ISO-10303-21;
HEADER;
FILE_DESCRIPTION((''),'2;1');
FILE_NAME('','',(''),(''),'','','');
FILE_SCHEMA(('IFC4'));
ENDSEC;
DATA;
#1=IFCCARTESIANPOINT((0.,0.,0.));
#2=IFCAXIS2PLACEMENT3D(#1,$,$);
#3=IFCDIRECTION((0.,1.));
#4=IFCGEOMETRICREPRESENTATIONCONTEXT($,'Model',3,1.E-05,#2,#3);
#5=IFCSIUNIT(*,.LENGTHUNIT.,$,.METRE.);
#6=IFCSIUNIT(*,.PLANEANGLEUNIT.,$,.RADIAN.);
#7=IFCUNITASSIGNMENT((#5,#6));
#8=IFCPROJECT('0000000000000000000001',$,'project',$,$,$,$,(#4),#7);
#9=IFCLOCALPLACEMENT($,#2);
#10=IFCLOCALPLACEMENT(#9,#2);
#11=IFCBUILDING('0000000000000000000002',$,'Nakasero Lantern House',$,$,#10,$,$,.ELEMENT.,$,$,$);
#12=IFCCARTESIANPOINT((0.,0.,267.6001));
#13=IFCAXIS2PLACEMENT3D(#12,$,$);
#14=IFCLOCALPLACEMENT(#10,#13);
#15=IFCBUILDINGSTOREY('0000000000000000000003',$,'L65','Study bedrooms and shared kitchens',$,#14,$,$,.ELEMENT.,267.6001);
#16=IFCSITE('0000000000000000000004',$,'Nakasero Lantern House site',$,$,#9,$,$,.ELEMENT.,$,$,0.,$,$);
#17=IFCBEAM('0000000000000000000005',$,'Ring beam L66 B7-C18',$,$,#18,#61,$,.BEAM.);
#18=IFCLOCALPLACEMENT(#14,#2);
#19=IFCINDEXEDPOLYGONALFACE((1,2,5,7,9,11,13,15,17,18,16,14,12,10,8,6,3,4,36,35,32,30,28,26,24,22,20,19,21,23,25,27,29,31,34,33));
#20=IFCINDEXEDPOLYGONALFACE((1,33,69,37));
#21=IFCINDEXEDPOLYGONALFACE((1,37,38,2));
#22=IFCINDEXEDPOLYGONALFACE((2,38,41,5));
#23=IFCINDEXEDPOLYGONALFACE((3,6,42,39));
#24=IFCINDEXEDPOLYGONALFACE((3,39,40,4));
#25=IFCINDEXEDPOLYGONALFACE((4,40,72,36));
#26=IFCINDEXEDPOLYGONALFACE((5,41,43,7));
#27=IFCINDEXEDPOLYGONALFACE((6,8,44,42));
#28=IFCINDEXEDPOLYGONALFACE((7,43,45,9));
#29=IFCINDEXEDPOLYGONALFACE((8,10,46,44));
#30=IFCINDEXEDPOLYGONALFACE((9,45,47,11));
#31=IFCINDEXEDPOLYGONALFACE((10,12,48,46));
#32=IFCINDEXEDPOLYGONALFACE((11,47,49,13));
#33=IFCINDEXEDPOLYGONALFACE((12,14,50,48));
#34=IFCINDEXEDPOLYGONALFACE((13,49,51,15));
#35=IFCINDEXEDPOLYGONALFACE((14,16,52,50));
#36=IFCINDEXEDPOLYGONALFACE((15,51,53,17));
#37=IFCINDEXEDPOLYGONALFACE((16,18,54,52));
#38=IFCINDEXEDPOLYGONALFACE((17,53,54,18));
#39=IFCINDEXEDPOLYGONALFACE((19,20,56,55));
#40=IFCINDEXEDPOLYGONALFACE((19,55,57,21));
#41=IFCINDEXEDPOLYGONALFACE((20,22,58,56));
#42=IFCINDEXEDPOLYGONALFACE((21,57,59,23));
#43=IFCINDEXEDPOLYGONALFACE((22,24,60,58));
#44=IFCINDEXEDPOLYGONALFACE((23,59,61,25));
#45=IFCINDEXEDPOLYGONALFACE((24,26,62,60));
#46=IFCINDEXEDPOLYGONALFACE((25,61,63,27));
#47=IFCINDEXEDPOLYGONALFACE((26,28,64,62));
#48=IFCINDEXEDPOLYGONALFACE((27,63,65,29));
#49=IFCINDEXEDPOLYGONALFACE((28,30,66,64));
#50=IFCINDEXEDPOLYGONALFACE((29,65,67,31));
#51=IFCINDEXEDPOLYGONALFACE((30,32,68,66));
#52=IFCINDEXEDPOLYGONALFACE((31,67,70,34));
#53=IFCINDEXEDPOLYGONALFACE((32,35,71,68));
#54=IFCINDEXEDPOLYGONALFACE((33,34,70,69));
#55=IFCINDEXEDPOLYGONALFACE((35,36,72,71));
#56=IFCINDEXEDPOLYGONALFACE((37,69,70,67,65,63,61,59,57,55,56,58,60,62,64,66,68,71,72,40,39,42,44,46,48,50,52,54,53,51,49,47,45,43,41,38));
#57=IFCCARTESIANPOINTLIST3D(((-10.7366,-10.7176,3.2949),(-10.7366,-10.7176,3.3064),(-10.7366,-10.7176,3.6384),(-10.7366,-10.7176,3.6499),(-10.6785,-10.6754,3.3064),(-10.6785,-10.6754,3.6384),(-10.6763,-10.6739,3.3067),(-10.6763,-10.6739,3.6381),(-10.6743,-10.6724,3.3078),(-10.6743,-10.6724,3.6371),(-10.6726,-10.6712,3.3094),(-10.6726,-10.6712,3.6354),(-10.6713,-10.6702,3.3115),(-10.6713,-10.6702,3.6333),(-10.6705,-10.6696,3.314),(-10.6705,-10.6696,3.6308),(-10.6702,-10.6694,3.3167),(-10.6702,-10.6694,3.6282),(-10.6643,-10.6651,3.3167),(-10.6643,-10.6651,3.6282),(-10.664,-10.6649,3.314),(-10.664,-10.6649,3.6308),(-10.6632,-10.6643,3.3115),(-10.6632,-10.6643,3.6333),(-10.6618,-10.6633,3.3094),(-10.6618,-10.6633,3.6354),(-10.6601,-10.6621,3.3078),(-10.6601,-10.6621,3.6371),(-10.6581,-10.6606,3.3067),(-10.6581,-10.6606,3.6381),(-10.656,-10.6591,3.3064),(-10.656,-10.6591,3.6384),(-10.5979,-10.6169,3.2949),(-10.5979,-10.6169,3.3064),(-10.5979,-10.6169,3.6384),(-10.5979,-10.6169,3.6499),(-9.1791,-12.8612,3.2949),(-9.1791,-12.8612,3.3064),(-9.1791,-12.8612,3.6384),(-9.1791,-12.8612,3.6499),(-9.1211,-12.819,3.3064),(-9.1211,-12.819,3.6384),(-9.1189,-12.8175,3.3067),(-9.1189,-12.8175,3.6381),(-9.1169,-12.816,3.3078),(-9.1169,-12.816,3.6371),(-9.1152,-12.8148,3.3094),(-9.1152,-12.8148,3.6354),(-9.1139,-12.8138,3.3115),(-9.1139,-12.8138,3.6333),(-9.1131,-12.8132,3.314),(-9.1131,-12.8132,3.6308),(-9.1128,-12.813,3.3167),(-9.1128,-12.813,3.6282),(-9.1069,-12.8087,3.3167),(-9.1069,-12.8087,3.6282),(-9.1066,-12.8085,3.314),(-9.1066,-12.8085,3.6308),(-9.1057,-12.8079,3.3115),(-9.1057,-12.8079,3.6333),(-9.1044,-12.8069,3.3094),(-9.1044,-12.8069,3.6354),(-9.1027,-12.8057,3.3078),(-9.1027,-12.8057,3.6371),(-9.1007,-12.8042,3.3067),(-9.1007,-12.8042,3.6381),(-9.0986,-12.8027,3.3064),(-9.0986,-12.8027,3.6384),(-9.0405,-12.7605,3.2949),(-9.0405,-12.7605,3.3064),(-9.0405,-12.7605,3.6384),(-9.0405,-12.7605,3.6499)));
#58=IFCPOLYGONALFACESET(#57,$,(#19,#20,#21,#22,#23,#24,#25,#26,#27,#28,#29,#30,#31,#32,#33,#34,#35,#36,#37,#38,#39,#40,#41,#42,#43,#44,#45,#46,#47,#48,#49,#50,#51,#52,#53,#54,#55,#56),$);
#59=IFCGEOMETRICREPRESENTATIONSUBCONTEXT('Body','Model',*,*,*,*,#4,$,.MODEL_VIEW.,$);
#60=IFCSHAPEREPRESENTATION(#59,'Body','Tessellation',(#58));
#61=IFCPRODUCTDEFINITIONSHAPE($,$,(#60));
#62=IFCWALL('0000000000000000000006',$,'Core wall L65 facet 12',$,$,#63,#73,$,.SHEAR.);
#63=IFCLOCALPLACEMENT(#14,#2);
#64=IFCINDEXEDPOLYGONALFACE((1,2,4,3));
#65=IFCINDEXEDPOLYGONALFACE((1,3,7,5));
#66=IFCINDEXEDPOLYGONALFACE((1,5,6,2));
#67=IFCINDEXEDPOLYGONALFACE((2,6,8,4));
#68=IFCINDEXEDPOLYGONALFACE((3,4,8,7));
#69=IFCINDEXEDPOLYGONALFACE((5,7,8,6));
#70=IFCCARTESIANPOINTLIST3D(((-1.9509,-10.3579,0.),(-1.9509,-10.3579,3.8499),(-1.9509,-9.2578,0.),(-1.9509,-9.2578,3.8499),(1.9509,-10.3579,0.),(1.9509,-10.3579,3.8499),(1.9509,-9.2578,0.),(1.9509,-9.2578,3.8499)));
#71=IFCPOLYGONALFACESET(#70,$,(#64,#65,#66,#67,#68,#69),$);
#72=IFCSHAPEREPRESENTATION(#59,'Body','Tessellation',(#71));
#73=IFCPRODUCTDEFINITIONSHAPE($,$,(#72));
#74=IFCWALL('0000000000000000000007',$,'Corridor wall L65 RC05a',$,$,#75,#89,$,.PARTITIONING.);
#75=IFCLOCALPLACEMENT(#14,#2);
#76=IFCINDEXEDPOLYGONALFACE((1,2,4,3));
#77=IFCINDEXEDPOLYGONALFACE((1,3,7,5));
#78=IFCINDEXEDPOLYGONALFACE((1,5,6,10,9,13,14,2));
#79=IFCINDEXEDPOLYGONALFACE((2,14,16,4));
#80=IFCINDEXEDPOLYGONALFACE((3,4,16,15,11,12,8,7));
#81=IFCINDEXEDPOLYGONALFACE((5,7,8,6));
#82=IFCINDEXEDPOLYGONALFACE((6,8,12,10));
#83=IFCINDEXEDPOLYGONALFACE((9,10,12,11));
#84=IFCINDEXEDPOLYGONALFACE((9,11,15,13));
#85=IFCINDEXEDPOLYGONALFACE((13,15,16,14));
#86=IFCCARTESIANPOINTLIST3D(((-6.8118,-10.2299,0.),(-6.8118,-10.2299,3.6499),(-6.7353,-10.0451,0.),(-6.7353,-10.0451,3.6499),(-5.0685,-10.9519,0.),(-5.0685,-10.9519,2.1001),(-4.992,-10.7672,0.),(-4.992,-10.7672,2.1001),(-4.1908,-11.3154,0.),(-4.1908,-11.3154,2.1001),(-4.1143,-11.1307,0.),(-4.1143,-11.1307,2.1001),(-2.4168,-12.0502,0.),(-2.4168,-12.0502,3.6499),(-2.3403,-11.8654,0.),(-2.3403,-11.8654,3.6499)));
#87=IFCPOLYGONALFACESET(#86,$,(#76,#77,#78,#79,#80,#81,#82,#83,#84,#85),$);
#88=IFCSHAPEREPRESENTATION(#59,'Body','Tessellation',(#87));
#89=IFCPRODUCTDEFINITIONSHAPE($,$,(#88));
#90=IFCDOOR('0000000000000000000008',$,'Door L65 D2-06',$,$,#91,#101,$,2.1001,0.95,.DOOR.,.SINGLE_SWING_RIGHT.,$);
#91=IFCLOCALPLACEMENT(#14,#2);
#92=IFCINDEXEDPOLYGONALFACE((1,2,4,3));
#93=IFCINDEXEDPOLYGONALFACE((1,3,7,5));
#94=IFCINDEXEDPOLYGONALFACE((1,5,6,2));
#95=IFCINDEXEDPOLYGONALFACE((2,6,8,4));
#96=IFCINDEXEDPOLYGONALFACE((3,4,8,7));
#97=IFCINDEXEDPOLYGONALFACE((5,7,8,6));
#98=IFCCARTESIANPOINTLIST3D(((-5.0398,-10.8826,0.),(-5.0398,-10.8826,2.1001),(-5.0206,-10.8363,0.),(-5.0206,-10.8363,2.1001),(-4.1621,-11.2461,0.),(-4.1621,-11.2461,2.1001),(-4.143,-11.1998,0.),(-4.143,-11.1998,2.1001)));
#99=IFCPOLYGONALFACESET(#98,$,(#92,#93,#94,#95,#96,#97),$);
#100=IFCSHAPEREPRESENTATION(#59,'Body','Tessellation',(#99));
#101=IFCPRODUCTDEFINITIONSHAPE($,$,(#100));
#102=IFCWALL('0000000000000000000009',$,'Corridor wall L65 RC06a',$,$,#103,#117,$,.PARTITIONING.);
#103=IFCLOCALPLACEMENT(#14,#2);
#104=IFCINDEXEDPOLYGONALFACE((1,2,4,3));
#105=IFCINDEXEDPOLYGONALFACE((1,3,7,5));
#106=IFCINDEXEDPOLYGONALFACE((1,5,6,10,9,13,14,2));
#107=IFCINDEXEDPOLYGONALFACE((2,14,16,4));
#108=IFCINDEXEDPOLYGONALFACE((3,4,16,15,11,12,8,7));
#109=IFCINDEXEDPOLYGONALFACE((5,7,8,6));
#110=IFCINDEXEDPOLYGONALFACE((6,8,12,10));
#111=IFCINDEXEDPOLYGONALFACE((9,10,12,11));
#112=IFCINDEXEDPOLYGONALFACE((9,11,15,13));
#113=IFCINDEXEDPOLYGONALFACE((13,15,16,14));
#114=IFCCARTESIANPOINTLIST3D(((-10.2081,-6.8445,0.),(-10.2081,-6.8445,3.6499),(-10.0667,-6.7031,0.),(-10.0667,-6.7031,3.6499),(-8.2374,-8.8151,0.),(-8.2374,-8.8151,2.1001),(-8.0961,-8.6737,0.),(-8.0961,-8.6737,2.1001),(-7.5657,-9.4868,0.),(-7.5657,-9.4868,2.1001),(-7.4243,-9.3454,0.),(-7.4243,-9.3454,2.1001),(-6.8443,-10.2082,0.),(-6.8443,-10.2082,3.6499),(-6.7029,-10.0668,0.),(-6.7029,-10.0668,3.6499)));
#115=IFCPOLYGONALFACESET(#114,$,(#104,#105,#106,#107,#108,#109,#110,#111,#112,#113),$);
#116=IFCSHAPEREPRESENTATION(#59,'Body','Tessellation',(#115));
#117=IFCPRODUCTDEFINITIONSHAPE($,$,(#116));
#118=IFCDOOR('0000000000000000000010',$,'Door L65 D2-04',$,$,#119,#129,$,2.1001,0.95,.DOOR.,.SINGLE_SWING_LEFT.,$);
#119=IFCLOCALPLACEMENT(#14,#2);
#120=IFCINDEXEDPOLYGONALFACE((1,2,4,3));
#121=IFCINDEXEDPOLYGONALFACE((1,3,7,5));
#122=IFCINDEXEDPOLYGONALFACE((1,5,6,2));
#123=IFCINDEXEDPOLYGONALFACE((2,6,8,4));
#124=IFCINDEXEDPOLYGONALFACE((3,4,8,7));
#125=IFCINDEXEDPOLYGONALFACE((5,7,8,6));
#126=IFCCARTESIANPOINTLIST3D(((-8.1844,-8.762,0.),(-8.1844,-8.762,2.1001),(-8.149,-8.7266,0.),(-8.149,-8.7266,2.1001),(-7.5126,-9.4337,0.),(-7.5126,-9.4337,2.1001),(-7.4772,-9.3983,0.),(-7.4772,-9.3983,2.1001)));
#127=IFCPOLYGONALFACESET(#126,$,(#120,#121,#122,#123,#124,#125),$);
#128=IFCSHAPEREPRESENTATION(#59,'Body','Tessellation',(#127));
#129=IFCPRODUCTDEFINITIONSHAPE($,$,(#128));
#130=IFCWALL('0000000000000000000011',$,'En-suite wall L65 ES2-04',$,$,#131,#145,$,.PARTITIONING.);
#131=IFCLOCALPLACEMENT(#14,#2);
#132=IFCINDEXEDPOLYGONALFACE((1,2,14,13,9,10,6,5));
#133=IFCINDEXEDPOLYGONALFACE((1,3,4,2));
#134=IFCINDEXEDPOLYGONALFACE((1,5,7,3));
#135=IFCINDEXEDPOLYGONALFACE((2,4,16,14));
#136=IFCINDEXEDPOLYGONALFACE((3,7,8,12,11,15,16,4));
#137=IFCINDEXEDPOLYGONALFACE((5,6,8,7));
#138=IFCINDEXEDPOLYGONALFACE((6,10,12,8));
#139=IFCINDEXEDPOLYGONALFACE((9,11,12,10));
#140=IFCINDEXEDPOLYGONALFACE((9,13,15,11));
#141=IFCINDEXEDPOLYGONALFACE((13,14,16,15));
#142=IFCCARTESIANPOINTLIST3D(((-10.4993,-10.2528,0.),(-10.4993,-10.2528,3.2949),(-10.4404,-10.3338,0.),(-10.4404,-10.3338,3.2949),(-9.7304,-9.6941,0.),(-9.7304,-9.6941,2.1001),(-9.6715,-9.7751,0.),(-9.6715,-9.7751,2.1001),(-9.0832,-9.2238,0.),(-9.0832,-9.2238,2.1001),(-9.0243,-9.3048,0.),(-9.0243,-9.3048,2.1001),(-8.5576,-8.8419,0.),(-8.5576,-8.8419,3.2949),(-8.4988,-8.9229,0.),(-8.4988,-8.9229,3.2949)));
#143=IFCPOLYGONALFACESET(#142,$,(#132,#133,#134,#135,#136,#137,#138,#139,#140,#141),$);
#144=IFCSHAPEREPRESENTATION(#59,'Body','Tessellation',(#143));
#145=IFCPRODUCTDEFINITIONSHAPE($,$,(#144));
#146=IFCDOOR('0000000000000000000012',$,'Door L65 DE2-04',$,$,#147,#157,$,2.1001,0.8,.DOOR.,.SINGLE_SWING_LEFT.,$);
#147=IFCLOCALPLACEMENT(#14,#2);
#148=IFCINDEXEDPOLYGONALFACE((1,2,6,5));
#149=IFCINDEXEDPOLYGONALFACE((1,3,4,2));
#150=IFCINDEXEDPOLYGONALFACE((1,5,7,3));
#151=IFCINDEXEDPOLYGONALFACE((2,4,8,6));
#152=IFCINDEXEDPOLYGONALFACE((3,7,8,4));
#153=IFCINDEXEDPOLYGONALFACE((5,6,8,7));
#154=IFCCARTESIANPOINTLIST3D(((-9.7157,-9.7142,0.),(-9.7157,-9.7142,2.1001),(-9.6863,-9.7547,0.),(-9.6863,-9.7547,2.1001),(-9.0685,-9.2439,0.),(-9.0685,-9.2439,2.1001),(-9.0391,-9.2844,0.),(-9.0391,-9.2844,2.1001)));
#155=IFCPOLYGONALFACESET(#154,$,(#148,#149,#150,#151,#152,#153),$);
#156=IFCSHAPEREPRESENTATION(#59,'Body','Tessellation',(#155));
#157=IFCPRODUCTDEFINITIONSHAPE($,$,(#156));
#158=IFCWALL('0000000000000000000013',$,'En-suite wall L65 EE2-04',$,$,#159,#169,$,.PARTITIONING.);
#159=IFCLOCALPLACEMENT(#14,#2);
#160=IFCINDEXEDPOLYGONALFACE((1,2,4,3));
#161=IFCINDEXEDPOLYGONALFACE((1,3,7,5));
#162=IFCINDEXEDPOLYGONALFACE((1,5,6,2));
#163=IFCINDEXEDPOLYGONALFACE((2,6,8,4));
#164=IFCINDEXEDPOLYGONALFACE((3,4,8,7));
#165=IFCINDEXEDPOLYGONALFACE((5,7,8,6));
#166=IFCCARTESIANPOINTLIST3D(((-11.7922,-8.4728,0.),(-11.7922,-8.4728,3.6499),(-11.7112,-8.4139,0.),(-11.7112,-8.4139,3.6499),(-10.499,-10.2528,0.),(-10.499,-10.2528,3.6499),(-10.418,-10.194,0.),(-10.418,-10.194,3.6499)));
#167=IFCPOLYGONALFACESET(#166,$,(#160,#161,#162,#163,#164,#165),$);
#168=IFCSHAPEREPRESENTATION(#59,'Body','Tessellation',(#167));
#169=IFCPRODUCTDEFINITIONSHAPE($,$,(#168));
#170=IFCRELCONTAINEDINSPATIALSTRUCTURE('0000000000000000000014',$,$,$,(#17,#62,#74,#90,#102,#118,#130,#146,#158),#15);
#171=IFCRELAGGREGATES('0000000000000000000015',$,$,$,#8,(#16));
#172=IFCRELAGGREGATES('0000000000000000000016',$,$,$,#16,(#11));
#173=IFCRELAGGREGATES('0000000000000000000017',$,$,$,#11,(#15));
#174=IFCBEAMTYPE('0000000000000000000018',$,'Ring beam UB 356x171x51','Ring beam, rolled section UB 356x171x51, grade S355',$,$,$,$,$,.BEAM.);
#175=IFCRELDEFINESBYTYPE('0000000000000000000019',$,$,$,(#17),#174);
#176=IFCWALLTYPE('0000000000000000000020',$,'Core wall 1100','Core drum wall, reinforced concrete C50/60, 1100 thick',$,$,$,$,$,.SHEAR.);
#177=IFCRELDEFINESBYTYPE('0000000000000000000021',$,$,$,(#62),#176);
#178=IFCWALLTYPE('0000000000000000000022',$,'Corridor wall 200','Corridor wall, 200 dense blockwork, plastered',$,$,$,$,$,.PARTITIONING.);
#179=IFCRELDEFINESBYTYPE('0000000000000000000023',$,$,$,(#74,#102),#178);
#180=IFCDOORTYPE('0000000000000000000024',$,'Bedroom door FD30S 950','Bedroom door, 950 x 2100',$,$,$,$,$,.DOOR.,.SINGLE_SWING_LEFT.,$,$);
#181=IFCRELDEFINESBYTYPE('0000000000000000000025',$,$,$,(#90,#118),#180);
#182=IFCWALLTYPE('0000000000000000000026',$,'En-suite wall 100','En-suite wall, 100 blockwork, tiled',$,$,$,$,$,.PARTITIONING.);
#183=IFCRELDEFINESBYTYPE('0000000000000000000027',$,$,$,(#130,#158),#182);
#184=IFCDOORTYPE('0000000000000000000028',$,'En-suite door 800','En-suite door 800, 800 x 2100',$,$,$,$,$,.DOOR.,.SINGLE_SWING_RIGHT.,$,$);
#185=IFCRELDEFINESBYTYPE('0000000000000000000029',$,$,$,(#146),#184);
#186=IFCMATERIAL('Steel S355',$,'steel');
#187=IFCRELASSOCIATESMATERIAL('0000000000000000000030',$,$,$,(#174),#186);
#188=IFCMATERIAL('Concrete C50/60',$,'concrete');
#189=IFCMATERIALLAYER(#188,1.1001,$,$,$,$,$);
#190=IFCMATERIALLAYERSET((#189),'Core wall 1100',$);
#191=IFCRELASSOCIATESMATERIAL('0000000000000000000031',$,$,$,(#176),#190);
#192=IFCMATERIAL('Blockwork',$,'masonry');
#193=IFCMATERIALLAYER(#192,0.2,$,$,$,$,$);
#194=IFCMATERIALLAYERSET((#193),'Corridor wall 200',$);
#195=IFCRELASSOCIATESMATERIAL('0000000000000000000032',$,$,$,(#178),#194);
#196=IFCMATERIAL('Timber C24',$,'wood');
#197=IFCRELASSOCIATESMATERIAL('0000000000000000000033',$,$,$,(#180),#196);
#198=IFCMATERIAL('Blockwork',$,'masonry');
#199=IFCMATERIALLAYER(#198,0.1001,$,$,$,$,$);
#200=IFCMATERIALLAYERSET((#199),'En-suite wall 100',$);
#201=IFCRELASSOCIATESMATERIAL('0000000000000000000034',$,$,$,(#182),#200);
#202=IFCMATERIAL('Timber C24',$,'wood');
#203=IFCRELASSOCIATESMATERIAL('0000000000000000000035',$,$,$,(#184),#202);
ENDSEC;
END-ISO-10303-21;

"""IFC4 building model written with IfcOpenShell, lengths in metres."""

from ifc_helpers import new_model, si_unit, direction, frame, frame_2d, origin, origin_2d, place, context, subcontext, project, spatial, rectangle, i_section, extrude, material, layer, layer_set, material_profile, profile_set, type_object, element, fill, save


model = new_model("IFC4")

# Units and contexts
model_context = context("Model", 3, precision=1e-05, world=origin(), true_north=direction((0.0, 1.0)))
body_context = subcontext(model_context, "Body", "Model", "MODEL_VIEW")
ifc_project = project(units=[si_unit("LENGTHUNIT", "METRE"), si_unit("PLANEANGLEUNIT", "RADIAN")], contexts=[model_context])

# Site, building, storey
site_placement = place(None, origin())
site = spatial("IfcSite", under=ifc_project, at=site_placement, Name="Nakasero Lantern House site", CompositionType="ELEMENT", RefElevation=0.0)
building_placement = place(site_placement, origin())
building = spatial("IfcBuilding", under=site, at=building_placement, Name="Nakasero Lantern House", CompositionType="ELEMENT")
storey_placement = place(building_placement, frame((0.0, 0.0, 267.6001)))
storey = spatial("IfcBuildingStorey", under=building, at=storey_placement, Name="L65", Description="Study bedrooms and shared kitchens", CompositionType="ELEMENT", Elevation=267.6001)

# Beam
ifc_material_1 = material(Name="Steel S355", Category="steel")
ifc_material_profile_1 = material_profile(ifc_material_1, i_section(OverallWidth=0.1714, OverallDepth=0.355, WebThickness=0.0073, FlangeThickness=0.0115, FilletRadius=0.0103, at=origin_2d()), Name="UB 356x171x51")
ifc_profile_set_1 = profile_set([ifc_material_profile_1], Name="Steel S355")
beam_type_1 = type_object("IfcBeamType", Name="Ring beam UB 356x171x51", Description="Ring beam, rolled section UB 356x171x51, grade S355", PredefinedType="BEAM", material=ifc_profile_set_1)
beam_1_placement = place(storey_placement, frame((-10.6672, -10.6672, 3.4724), z_axis=(0.587783, -0.809019, 0.0), x_axis=(0.809019, 0.587783, 0.0)))
element("IfcBeam", 1, at=beam_1_placement, inside=storey, type_object=beam_type_1, Name="Ring beam L66 B7-C18", PredefinedType="BEAM", context=body_context, shape_type="SweptSolid", body=[
    extrude(i_section(OverallWidth=0.1714, OverallDepth=0.355, WebThickness=0.0073, FlangeThickness=0.0115, FilletRadius=0.0103, at=origin_2d()), origin(), (0.0, 0.0, 1.0), 2.6497),
])

# Wall
ifc_material_2 = material(Name="Concrete C50/60", Category="concrete")
ifc_layer_1 = layer(ifc_material_2, 1.1001)
ifc_layer_set_1 = layer_set([ifc_layer_1], Name="Core wall 1100")
wall_type_1 = type_object("IfcWallType", Name="Core wall 1100", Description="Core drum wall, reinforced concrete C50/60, 1100 thick", PredefinedType="SHEAR", material=ifc_layer_set_1)
wall_1_placement = place(storey_placement, frame((-1.9509, -9.8079, 0.0), z_axis=(0.0, 0.0, 1.0), x_axis=(1.0, 0.0, 0.0)))
element("IfcWall", 2, at=wall_1_placement, inside=storey, type_object=wall_type_1, Name="Core wall L65 facet 12", PredefinedType="SHEAR", context=body_context, shape_type="SweptSolid", body=[
    extrude(rectangle(XDim=3.9019, YDim=1.1001, at=frame_2d((1.9509, 0.0))), origin(), (0.0, 0.0, 1.0), 3.8499),
])

# Walls, openings, doors
ifc_material_3 = material(Name="Blockwork", Category="masonry")
ifc_layer_2 = layer(ifc_material_3, 0.2)
ifc_layer_set_2 = layer_set([ifc_layer_2], Name="Corridor wall 200")
wall_type_2 = type_object("IfcWallType", Name="Corridor wall 200", Description="Corridor wall, 200 dense blockwork, plastered", PredefinedType="PARTITIONING", material=ifc_layer_set_2)
wall_2_placement = place(storey_placement, frame((-2.3787, -11.9578, 0.0), z_axis=(0.0, 0.0, 1.0), x_axis=(-0.923892, 0.382654, 0.0)))
wall_2 = element("IfcWall", 3, at=wall_2_placement, inside=storey, type_object=wall_type_2, Name="Corridor wall L65 RC05a", PredefinedType="PARTITIONING", context=body_context, shape_type="SweptSolid", body=[
    extrude(rectangle(XDim=4.7571, YDim=0.2, at=frame_2d((2.3784, 0.0))), origin(), (0.0, 0.0, 1.0), 3.6499),
])
opening_1_placement = place(wall_2_placement, frame((1.9199, 0.0, 0.0)))
opening_1 = element("IfcOpeningElement", 4, at=opening_1_placement, cuts=wall_2, PredefinedType="OPENING", context=body_context, shape_type="SweptSolid", body=[
    extrude(rectangle(XDim=0.95, YDim=2.1001, at=frame_2d((0.4751, 1.05))), frame((0.0, 0.1199, 0.0), z_axis=(0.0, -1.0, 0.0), x_axis=(1.0, 0.0, 0.0)), (0.0, 0.0, 1.0), 0.24),
])
ifc_material_4 = material(Name="Timber C24", Category="wood")
door_type_1 = type_object("IfcDoorType", Name="Bedroom door FD30S 950", Description="Bedroom door, 950 x 2100", OperationType="SINGLE_SWING_LEFT", PredefinedType="DOOR", material=ifc_material_4)
door_1_placement = place(opening_1_placement, origin())
door_1 = element("IfcDoor", 5, at=door_1_placement, inside=storey, type_object=door_type_1, Name="Door L65 D2-06", OperationType="SINGLE_SWING_RIGHT", OverallHeight=2.1001, OverallWidth=0.95, PredefinedType="DOOR", context=body_context, shape_type="SweptSolid", body=[
    extrude(rectangle(XDim=0.95, YDim=2.1001, at=frame_2d((0.4751, 1.05))), frame((0.0, 0.0249, 0.0), z_axis=(0.0, -1.0, 0.0), x_axis=(1.0, 0.0, 0.0)), (0.0, 0.0, 1.0), 0.05),
])
fill(opening_1, door_1)
wall_3_placement = place(storey_placement, frame((-6.7737, -10.1375, 0.0), z_axis=(0.0, 0.0, 1.0), x_axis=(-0.707107, 0.707107, 0.0)))
wall_3 = element("IfcWall", 6, at=wall_3_placement, inside=storey, type_object=wall_type_2, Name="Corridor wall L65 RC06a", PredefinedType="PARTITIONING", context=body_context, shape_type="SweptSolid", body=[
    extrude(rectangle(XDim=4.7571, YDim=0.2, at=frame_2d((2.3784, 0.0))), origin(), (0.0, 0.0, 1.0), 3.6499),
])
opening_2_placement = place(wall_3_placement, frame((1.02, 0.0, 0.0)))
opening_2 = element("IfcOpeningElement", 7, at=opening_2_placement, cuts=wall_3, PredefinedType="OPENING", context=body_context, shape_type="SweptSolid", body=[
    extrude(rectangle(XDim=0.95, YDim=2.1001, at=frame_2d((0.4751, 1.05))), frame((0.0, 0.1199, 0.0), z_axis=(0.0, -1.0, 0.0), x_axis=(1.0, 0.0, 0.0)), (0.0, 0.0, 1.0), 0.24),
])
door_2_placement = place(opening_2_placement, origin())
door_2 = element("IfcDoor", 8, at=door_2_placement, inside=storey, type_object=door_type_1, Name="Door L65 D2-04", OperationType="SINGLE_SWING_LEFT", OverallHeight=2.1001, OverallWidth=0.95, PredefinedType="DOOR", context=body_context, shape_type="SweptSolid", body=[
    extrude(rectangle(XDim=0.95, YDim=2.1001, at=frame_2d((0.4751, 1.05))), frame((0.0, 0.0249, 0.0), z_axis=(0.0, -1.0, 0.0), x_axis=(1.0, 0.0, 0.0)), (0.0, 0.0, 1.0), 0.05),
])
fill(opening_2, door_2)
ifc_material_5 = material(Name="Blockwork", Category="masonry")
ifc_layer_3 = layer(ifc_material_5, 0.1001)
ifc_layer_set_3 = layer_set([ifc_layer_3], Name="En-suite wall 100")
wall_type_3 = type_object("IfcWallType", Name="En-suite wall 100", Description="En-suite wall, 100 blockwork, tiled", PredefinedType="PARTITIONING", material=ifc_layer_set_3)
wall_4_placement = place(storey_placement, frame((-8.5281, -8.8823, 0.0), z_axis=(0.0, 0.0, 1.0), x_axis=(-0.808978, -0.587839, 0.0)))
wall_4 = element("IfcWall", 9, at=wall_4_placement, inside=storey, type_object=wall_type_3, Name="En-suite wall L65 ES2-04", PredefinedType="PARTITIONING", context=body_context, shape_type="SweptSolid", body=[
    extrude(rectangle(XDim=2.4001, YDim=0.1001, at=frame_2d((1.2002, 0.0))), origin(), (0.0, 0.0, 1.0), 3.2949),
])
opening_3_placement = place(wall_4_placement, frame((0.6499, 0.0, 0.0)))
opening_3 = element("IfcOpeningElement", 10, at=opening_3_placement, cuts=wall_4, PredefinedType="OPENING", context=body_context, shape_type="SweptSolid", body=[
    extrude(rectangle(XDim=0.8, YDim=2.1001, at=frame_2d((0.3999, 1.05))), frame((0.0, 0.0701, 0.0), z_axis=(0.0, -1.0, 0.0), x_axis=(1.0, 0.0, 0.0)), (0.0, 0.0, 1.0), 0.1401),
])
ifc_material_6 = material(Name="Timber C24", Category="wood")
door_type_2 = type_object("IfcDoorType", Name="En-suite door 800", Description="En-suite door 800, 800 x 2100", OperationType="SINGLE_SWING_RIGHT", PredefinedType="DOOR", material=ifc_material_6)
door_3_placement = place(opening_3_placement, origin())
door_3 = element("IfcDoor", 11, at=door_3_placement, inside=storey, type_object=door_type_2, Name="Door L65 DE2-04", OperationType="SINGLE_SWING_LEFT", OverallHeight=2.1001, OverallWidth=0.8, PredefinedType="DOOR", context=body_context, shape_type="SweptSolid", body=[
    extrude(rectangle(XDim=0.8, YDim=2.1001, at=frame_2d((0.3999, 1.05))), frame((0.0, 0.0249, 0.0), z_axis=(0.0, -1.0, 0.0), x_axis=(1.0, 0.0, 0.0)), (0.0, 0.0, 1.0), 0.05),
])
fill(opening_3, door_3)

# Wall
wall_5_placement = place(storey_placement, frame((-11.7517, -8.4434, 0.0), z_axis=(0.0, 0.0, 1.0), x_axis=(0.587769, -0.809029, 0.0)))
element("IfcWall", 12, at=wall_5_placement, inside=storey, type_object=wall_type_3, Name="En-suite wall L65 EE2-04", PredefinedType="PARTITIONING", context=body_context, shape_type="SweptSolid", body=[
    extrude(rectangle(XDim=2.2002, YDim=0.1001, at=frame_2d((1.1001, 0.0))), origin(), (0.0, 0.0, 1.0), 3.6499),
])

save(model, "model.ifc")
